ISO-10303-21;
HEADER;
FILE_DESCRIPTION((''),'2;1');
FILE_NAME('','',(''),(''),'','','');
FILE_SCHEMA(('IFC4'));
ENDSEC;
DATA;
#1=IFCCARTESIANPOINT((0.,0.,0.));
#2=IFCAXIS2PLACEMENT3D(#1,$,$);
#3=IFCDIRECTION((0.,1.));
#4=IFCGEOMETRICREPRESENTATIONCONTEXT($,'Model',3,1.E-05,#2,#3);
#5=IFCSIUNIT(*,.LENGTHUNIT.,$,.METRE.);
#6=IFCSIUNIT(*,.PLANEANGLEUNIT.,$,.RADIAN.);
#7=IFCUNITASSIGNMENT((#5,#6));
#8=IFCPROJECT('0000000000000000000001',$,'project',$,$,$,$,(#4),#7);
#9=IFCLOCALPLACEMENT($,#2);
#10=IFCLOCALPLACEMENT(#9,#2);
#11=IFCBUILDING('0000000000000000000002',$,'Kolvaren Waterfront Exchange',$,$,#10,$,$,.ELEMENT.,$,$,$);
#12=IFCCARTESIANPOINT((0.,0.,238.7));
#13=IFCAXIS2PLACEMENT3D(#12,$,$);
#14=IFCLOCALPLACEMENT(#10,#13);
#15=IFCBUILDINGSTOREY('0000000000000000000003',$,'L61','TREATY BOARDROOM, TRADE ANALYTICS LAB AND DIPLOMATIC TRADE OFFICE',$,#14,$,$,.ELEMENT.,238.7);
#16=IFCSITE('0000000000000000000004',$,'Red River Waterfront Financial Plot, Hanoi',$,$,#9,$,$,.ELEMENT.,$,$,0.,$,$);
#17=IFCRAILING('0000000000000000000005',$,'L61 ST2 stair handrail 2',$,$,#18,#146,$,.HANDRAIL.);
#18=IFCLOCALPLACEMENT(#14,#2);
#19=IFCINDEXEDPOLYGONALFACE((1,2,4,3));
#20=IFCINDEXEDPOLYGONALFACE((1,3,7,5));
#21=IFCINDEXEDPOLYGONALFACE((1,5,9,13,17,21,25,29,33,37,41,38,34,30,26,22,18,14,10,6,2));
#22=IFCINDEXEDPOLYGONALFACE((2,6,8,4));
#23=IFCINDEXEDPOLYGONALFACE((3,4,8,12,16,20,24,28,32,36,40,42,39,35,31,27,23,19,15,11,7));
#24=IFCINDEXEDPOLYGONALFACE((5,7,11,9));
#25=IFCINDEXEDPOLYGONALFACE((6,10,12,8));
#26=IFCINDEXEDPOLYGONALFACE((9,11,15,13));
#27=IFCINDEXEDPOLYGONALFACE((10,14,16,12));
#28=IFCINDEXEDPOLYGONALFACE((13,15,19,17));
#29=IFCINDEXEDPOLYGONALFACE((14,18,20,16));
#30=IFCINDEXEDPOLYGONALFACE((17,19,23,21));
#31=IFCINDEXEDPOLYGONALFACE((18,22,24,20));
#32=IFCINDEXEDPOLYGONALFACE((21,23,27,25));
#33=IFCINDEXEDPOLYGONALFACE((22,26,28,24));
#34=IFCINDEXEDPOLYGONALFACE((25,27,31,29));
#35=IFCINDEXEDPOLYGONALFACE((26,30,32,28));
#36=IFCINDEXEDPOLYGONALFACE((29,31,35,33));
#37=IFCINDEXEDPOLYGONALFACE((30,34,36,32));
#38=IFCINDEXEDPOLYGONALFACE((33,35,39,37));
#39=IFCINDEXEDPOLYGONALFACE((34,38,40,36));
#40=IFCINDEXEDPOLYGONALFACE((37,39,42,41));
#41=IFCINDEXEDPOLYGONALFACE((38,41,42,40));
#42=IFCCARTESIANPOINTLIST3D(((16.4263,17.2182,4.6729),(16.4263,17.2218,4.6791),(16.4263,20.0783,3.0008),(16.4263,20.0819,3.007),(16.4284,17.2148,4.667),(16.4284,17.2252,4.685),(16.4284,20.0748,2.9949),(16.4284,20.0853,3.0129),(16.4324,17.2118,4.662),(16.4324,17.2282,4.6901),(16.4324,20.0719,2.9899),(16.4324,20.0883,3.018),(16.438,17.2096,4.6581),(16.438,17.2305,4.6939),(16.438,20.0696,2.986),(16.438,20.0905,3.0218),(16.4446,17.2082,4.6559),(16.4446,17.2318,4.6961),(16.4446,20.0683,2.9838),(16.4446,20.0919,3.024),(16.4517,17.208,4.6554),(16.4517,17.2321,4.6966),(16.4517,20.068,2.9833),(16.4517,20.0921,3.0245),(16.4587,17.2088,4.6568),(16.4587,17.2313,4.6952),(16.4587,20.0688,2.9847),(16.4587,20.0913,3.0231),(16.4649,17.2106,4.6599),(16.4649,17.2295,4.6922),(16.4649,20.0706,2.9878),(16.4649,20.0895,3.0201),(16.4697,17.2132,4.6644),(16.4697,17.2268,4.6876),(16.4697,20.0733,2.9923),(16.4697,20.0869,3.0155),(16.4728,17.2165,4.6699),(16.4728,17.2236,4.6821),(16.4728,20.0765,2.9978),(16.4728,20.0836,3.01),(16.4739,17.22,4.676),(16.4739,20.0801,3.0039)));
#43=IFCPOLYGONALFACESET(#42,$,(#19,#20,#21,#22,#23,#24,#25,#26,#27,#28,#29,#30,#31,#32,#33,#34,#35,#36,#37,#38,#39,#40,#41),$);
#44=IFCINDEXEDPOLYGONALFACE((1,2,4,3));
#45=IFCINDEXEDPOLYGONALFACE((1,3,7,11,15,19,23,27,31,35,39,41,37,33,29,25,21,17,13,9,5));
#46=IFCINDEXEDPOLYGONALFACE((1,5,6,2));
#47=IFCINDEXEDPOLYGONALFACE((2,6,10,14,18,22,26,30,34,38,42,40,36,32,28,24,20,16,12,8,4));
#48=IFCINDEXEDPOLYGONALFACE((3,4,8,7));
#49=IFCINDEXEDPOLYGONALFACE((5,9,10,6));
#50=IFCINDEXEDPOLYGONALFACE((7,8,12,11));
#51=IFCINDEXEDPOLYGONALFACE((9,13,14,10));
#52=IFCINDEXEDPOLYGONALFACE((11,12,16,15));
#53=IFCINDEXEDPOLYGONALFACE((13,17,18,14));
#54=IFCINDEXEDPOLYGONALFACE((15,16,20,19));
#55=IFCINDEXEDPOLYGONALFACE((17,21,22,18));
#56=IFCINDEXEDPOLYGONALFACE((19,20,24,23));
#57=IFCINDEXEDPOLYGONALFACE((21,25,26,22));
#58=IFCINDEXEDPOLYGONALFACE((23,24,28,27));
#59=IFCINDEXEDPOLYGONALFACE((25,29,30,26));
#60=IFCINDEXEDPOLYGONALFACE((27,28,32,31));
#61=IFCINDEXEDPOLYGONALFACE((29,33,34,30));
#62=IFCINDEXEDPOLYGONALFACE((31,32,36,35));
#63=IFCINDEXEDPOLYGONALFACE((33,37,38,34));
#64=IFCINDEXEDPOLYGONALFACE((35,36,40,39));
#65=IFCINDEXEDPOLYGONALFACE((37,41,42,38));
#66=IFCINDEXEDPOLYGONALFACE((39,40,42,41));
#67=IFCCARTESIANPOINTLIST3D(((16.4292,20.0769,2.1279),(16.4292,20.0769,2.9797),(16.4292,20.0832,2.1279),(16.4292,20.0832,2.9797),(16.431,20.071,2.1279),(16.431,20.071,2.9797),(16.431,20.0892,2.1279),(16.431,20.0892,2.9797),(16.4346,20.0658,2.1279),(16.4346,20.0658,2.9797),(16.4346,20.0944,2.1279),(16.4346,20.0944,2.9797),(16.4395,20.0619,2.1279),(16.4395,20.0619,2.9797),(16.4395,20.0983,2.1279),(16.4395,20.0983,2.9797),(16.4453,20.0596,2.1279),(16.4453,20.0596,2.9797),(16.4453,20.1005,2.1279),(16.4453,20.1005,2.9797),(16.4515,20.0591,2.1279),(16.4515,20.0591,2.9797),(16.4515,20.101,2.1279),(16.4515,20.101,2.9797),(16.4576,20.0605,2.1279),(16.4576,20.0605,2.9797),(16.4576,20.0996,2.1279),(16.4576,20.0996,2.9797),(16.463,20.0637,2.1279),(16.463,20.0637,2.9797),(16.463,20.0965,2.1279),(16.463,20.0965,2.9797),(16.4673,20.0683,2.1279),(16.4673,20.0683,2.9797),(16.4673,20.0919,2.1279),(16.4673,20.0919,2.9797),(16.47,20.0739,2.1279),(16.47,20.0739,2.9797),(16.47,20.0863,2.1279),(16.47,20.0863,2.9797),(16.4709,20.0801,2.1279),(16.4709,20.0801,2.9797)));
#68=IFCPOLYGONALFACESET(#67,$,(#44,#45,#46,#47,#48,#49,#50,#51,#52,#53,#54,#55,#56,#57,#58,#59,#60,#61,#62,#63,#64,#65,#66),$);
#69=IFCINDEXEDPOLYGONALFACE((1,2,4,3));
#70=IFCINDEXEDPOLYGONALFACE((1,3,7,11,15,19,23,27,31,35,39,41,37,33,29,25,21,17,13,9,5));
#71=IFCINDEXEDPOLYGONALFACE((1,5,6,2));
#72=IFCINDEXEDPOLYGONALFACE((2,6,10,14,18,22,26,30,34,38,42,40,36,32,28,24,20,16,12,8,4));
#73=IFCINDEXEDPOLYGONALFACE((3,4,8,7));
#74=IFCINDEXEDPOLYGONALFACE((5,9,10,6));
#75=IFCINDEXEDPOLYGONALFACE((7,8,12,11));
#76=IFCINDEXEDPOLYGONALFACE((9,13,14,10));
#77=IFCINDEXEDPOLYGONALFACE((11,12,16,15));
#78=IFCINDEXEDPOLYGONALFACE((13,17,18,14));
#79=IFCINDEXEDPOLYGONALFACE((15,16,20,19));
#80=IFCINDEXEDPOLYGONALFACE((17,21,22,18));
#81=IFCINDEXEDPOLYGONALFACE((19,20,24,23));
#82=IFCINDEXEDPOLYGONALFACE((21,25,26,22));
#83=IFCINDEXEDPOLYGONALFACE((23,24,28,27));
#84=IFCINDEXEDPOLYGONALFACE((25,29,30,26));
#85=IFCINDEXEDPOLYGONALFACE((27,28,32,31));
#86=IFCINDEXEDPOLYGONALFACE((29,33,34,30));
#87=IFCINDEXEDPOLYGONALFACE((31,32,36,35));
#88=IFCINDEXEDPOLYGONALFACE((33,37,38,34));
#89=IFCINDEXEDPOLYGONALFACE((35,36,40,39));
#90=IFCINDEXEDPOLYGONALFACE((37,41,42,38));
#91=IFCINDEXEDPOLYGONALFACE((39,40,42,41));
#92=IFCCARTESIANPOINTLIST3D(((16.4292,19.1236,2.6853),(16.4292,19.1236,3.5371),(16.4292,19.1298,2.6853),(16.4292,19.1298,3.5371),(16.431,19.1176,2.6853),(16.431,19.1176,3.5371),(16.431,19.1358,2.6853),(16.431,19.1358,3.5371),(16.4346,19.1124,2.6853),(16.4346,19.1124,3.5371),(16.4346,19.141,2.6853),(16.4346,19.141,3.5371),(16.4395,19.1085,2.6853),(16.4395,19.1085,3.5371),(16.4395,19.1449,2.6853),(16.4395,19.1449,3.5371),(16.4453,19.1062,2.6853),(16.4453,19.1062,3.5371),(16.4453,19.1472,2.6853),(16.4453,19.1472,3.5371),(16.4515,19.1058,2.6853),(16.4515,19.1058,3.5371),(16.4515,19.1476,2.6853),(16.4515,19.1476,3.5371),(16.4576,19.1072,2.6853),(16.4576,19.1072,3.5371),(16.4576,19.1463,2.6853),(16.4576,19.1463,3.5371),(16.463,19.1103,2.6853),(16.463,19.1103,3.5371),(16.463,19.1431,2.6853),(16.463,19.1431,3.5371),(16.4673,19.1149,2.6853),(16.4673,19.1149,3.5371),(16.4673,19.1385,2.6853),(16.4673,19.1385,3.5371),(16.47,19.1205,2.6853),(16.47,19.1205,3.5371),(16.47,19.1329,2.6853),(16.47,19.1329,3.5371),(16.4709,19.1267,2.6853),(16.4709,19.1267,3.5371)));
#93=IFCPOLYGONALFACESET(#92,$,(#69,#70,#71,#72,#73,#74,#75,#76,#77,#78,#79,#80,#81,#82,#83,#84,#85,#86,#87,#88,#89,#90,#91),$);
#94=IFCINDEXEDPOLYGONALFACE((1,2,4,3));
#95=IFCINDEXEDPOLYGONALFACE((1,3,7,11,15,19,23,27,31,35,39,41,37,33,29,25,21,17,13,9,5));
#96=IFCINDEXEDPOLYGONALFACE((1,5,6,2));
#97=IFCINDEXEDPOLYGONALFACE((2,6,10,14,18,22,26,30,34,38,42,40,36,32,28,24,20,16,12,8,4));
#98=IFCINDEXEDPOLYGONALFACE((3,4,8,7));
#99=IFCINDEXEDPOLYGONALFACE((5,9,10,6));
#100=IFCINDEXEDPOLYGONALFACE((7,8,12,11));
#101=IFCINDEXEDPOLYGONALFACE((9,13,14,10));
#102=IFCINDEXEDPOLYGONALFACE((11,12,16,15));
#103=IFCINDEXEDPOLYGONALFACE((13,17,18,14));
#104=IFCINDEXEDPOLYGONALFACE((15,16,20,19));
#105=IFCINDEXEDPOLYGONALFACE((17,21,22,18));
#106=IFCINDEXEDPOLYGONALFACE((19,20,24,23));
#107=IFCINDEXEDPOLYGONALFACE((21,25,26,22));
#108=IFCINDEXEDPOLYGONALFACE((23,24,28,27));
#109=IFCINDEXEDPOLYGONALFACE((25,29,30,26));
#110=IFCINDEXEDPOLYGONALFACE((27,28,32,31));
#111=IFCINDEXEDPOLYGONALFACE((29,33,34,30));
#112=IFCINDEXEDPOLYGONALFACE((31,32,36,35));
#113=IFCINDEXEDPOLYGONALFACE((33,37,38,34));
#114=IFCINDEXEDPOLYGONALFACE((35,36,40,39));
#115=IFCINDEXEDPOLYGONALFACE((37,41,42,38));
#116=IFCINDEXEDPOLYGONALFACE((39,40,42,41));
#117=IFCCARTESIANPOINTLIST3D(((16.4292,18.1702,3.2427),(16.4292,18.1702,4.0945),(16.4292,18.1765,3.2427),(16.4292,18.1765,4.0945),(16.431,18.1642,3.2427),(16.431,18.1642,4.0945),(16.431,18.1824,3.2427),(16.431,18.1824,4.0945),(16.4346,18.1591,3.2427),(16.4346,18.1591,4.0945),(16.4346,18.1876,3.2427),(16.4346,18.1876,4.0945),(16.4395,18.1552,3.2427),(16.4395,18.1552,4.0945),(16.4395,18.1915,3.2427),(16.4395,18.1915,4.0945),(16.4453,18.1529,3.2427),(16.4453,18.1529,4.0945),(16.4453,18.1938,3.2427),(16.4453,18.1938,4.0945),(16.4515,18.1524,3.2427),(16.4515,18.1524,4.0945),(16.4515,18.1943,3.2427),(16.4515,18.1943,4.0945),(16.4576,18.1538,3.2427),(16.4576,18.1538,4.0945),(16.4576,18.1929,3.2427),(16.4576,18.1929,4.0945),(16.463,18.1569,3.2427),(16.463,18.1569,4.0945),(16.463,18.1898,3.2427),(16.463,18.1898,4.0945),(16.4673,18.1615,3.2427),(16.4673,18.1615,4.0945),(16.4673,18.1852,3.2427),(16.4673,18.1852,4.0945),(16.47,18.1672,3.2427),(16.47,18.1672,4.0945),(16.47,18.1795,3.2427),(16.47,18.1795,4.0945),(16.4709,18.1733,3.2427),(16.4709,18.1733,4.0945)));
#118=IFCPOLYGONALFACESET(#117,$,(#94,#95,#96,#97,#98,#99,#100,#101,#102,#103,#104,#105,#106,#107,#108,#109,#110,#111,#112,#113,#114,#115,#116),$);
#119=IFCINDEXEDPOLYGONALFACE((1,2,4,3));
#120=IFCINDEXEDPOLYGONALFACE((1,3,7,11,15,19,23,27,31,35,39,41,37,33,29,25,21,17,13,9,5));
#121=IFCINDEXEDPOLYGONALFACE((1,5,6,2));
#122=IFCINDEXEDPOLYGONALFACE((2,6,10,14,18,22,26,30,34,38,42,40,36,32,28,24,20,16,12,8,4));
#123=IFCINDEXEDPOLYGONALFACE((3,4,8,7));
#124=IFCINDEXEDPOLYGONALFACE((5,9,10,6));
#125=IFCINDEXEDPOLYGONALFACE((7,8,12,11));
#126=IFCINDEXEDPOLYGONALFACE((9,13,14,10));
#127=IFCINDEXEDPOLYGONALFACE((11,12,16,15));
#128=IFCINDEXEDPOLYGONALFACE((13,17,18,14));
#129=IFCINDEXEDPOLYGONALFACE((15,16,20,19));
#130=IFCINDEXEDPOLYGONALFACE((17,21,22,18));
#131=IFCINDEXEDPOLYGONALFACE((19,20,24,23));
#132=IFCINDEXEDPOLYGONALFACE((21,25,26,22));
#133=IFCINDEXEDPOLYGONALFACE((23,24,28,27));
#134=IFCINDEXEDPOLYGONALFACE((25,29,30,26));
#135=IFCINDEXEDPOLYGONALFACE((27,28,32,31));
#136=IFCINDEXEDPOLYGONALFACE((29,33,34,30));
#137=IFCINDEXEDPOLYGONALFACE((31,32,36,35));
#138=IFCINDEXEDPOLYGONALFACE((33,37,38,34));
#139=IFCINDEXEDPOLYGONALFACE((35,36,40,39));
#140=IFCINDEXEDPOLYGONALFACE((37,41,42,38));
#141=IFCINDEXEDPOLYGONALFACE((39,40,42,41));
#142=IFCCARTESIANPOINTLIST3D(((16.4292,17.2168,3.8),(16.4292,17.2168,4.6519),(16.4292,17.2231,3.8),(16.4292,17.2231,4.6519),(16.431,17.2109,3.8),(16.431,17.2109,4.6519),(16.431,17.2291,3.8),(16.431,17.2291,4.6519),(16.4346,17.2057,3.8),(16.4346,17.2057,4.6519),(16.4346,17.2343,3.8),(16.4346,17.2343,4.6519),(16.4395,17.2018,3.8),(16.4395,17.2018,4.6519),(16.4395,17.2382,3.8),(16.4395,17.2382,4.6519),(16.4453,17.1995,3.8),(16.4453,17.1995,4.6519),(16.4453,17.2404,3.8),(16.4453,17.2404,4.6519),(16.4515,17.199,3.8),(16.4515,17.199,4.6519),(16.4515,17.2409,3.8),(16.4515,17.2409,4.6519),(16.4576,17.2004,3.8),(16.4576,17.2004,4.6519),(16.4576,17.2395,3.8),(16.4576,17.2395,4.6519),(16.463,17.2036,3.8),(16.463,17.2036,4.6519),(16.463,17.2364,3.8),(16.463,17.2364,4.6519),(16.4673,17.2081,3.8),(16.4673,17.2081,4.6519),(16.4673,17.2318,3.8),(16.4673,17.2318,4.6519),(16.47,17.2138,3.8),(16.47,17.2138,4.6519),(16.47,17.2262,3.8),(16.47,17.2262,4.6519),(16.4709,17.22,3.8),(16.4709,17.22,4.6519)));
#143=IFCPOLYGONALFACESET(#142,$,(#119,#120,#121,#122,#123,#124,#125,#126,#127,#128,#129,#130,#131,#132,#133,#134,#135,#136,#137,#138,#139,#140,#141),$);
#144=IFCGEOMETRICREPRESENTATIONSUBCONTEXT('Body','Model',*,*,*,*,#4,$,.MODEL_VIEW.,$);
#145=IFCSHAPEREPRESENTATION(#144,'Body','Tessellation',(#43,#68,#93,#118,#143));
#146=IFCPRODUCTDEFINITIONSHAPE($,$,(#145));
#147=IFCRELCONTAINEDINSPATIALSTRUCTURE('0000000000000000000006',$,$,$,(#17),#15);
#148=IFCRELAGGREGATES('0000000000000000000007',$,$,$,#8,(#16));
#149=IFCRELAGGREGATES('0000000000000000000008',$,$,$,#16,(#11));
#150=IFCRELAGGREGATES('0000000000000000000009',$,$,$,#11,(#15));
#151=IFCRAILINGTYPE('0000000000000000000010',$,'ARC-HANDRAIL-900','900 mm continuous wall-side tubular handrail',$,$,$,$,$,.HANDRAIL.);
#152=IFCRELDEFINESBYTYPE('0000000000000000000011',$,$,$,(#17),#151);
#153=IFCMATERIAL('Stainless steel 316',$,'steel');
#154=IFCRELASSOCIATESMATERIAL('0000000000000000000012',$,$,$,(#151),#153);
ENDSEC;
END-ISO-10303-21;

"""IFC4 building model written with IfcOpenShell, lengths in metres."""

from ifc_helpers import new_model, si_unit, direction, frame, origin, origin_2d, place, context, subcontext, project, spatial, circle, extrude, material, type_object, element, save


model = new_model("IFC4")

# Units and contexts
model_context = context("Model", 3, precision=1e-05, world=origin(), true_north=direction((0.0, 1.0)))
body_context = subcontext(model_context, "Body", "Model", "MODEL_VIEW")
ifc_project = project(units=[si_unit("LENGTHUNIT", "METRE"), si_unit("PLANEANGLEUNIT", "RADIAN")], contexts=[model_context])

# Site, building, storey
site_placement = place(None, origin())
site = spatial("IfcSite", under=ifc_project, at=site_placement, Name="Red River Waterfront Financial Plot, Hanoi", CompositionType="ELEMENT", RefElevation=0.0)
building_placement = place(site_placement, origin())
building = spatial("IfcBuilding", under=site, at=building_placement, Name="Kolvaren Waterfront Exchange", CompositionType="ELEMENT")
storey_placement = place(building_placement, frame((0.0, 0.0, 238.7)))
storey = spatial("IfcBuildingStorey", under=building, at=storey_placement, Name="L61", Description="TREATY BOARDROOM, TRADE ANALYTICS LAB AND DIPLOMATIC TRADE OFFICE", CompositionType="ELEMENT", Elevation=238.7)

# Railing
ifc_material_1 = material(Name="Stainless steel 316", Category="steel")
railing_type = type_object("IfcRailingType", Name="ARC-HANDRAIL-900", Description="900 mm continuous wall-side tubular handrail", PredefinedType="HANDRAIL", material=ifc_material_1)
railing_placement = place(storey_placement, frame((16.45, 20.0801, 2.1279)))
element("IfcRailing", 1, at=railing_placement, inside=storey, type_object=railing_type, Name="L61 ST2 stair handrail 2", PredefinedType="HANDRAIL", context=body_context, shape_type="SweptSolid", body=[
    extrude(circle(Radius=0.0239, at=origin_2d()), frame((0.0, 0.0, 0.876), z_axis=(0.0, -0.863289, 0.504709), x_axis=(1.0, 0.0, 0.0)), (0.0, 0.0, 1.0), 3.313),
    extrude(circle(Radius=0.021, at=origin_2d()), origin(), (0.0, 0.0, 1.0), 0.8518),
    extrude(circle(Radius=0.021, at=origin_2d()), frame((0.0, -0.9534, 0.5574)), (0.0, 0.0, 1.0), 0.8518),
    extrude(circle(Radius=0.021, at=origin_2d()), frame((0.0, -1.9067, 1.1147)), (0.0, 0.0, 1.0), 0.8518),
    extrude(circle(Radius=0.021, at=origin_2d()), frame((0.0, -2.8601, 1.6721)), (0.0, 0.0, 1.0), 0.8518),
])

save(model, "model.ifc")
